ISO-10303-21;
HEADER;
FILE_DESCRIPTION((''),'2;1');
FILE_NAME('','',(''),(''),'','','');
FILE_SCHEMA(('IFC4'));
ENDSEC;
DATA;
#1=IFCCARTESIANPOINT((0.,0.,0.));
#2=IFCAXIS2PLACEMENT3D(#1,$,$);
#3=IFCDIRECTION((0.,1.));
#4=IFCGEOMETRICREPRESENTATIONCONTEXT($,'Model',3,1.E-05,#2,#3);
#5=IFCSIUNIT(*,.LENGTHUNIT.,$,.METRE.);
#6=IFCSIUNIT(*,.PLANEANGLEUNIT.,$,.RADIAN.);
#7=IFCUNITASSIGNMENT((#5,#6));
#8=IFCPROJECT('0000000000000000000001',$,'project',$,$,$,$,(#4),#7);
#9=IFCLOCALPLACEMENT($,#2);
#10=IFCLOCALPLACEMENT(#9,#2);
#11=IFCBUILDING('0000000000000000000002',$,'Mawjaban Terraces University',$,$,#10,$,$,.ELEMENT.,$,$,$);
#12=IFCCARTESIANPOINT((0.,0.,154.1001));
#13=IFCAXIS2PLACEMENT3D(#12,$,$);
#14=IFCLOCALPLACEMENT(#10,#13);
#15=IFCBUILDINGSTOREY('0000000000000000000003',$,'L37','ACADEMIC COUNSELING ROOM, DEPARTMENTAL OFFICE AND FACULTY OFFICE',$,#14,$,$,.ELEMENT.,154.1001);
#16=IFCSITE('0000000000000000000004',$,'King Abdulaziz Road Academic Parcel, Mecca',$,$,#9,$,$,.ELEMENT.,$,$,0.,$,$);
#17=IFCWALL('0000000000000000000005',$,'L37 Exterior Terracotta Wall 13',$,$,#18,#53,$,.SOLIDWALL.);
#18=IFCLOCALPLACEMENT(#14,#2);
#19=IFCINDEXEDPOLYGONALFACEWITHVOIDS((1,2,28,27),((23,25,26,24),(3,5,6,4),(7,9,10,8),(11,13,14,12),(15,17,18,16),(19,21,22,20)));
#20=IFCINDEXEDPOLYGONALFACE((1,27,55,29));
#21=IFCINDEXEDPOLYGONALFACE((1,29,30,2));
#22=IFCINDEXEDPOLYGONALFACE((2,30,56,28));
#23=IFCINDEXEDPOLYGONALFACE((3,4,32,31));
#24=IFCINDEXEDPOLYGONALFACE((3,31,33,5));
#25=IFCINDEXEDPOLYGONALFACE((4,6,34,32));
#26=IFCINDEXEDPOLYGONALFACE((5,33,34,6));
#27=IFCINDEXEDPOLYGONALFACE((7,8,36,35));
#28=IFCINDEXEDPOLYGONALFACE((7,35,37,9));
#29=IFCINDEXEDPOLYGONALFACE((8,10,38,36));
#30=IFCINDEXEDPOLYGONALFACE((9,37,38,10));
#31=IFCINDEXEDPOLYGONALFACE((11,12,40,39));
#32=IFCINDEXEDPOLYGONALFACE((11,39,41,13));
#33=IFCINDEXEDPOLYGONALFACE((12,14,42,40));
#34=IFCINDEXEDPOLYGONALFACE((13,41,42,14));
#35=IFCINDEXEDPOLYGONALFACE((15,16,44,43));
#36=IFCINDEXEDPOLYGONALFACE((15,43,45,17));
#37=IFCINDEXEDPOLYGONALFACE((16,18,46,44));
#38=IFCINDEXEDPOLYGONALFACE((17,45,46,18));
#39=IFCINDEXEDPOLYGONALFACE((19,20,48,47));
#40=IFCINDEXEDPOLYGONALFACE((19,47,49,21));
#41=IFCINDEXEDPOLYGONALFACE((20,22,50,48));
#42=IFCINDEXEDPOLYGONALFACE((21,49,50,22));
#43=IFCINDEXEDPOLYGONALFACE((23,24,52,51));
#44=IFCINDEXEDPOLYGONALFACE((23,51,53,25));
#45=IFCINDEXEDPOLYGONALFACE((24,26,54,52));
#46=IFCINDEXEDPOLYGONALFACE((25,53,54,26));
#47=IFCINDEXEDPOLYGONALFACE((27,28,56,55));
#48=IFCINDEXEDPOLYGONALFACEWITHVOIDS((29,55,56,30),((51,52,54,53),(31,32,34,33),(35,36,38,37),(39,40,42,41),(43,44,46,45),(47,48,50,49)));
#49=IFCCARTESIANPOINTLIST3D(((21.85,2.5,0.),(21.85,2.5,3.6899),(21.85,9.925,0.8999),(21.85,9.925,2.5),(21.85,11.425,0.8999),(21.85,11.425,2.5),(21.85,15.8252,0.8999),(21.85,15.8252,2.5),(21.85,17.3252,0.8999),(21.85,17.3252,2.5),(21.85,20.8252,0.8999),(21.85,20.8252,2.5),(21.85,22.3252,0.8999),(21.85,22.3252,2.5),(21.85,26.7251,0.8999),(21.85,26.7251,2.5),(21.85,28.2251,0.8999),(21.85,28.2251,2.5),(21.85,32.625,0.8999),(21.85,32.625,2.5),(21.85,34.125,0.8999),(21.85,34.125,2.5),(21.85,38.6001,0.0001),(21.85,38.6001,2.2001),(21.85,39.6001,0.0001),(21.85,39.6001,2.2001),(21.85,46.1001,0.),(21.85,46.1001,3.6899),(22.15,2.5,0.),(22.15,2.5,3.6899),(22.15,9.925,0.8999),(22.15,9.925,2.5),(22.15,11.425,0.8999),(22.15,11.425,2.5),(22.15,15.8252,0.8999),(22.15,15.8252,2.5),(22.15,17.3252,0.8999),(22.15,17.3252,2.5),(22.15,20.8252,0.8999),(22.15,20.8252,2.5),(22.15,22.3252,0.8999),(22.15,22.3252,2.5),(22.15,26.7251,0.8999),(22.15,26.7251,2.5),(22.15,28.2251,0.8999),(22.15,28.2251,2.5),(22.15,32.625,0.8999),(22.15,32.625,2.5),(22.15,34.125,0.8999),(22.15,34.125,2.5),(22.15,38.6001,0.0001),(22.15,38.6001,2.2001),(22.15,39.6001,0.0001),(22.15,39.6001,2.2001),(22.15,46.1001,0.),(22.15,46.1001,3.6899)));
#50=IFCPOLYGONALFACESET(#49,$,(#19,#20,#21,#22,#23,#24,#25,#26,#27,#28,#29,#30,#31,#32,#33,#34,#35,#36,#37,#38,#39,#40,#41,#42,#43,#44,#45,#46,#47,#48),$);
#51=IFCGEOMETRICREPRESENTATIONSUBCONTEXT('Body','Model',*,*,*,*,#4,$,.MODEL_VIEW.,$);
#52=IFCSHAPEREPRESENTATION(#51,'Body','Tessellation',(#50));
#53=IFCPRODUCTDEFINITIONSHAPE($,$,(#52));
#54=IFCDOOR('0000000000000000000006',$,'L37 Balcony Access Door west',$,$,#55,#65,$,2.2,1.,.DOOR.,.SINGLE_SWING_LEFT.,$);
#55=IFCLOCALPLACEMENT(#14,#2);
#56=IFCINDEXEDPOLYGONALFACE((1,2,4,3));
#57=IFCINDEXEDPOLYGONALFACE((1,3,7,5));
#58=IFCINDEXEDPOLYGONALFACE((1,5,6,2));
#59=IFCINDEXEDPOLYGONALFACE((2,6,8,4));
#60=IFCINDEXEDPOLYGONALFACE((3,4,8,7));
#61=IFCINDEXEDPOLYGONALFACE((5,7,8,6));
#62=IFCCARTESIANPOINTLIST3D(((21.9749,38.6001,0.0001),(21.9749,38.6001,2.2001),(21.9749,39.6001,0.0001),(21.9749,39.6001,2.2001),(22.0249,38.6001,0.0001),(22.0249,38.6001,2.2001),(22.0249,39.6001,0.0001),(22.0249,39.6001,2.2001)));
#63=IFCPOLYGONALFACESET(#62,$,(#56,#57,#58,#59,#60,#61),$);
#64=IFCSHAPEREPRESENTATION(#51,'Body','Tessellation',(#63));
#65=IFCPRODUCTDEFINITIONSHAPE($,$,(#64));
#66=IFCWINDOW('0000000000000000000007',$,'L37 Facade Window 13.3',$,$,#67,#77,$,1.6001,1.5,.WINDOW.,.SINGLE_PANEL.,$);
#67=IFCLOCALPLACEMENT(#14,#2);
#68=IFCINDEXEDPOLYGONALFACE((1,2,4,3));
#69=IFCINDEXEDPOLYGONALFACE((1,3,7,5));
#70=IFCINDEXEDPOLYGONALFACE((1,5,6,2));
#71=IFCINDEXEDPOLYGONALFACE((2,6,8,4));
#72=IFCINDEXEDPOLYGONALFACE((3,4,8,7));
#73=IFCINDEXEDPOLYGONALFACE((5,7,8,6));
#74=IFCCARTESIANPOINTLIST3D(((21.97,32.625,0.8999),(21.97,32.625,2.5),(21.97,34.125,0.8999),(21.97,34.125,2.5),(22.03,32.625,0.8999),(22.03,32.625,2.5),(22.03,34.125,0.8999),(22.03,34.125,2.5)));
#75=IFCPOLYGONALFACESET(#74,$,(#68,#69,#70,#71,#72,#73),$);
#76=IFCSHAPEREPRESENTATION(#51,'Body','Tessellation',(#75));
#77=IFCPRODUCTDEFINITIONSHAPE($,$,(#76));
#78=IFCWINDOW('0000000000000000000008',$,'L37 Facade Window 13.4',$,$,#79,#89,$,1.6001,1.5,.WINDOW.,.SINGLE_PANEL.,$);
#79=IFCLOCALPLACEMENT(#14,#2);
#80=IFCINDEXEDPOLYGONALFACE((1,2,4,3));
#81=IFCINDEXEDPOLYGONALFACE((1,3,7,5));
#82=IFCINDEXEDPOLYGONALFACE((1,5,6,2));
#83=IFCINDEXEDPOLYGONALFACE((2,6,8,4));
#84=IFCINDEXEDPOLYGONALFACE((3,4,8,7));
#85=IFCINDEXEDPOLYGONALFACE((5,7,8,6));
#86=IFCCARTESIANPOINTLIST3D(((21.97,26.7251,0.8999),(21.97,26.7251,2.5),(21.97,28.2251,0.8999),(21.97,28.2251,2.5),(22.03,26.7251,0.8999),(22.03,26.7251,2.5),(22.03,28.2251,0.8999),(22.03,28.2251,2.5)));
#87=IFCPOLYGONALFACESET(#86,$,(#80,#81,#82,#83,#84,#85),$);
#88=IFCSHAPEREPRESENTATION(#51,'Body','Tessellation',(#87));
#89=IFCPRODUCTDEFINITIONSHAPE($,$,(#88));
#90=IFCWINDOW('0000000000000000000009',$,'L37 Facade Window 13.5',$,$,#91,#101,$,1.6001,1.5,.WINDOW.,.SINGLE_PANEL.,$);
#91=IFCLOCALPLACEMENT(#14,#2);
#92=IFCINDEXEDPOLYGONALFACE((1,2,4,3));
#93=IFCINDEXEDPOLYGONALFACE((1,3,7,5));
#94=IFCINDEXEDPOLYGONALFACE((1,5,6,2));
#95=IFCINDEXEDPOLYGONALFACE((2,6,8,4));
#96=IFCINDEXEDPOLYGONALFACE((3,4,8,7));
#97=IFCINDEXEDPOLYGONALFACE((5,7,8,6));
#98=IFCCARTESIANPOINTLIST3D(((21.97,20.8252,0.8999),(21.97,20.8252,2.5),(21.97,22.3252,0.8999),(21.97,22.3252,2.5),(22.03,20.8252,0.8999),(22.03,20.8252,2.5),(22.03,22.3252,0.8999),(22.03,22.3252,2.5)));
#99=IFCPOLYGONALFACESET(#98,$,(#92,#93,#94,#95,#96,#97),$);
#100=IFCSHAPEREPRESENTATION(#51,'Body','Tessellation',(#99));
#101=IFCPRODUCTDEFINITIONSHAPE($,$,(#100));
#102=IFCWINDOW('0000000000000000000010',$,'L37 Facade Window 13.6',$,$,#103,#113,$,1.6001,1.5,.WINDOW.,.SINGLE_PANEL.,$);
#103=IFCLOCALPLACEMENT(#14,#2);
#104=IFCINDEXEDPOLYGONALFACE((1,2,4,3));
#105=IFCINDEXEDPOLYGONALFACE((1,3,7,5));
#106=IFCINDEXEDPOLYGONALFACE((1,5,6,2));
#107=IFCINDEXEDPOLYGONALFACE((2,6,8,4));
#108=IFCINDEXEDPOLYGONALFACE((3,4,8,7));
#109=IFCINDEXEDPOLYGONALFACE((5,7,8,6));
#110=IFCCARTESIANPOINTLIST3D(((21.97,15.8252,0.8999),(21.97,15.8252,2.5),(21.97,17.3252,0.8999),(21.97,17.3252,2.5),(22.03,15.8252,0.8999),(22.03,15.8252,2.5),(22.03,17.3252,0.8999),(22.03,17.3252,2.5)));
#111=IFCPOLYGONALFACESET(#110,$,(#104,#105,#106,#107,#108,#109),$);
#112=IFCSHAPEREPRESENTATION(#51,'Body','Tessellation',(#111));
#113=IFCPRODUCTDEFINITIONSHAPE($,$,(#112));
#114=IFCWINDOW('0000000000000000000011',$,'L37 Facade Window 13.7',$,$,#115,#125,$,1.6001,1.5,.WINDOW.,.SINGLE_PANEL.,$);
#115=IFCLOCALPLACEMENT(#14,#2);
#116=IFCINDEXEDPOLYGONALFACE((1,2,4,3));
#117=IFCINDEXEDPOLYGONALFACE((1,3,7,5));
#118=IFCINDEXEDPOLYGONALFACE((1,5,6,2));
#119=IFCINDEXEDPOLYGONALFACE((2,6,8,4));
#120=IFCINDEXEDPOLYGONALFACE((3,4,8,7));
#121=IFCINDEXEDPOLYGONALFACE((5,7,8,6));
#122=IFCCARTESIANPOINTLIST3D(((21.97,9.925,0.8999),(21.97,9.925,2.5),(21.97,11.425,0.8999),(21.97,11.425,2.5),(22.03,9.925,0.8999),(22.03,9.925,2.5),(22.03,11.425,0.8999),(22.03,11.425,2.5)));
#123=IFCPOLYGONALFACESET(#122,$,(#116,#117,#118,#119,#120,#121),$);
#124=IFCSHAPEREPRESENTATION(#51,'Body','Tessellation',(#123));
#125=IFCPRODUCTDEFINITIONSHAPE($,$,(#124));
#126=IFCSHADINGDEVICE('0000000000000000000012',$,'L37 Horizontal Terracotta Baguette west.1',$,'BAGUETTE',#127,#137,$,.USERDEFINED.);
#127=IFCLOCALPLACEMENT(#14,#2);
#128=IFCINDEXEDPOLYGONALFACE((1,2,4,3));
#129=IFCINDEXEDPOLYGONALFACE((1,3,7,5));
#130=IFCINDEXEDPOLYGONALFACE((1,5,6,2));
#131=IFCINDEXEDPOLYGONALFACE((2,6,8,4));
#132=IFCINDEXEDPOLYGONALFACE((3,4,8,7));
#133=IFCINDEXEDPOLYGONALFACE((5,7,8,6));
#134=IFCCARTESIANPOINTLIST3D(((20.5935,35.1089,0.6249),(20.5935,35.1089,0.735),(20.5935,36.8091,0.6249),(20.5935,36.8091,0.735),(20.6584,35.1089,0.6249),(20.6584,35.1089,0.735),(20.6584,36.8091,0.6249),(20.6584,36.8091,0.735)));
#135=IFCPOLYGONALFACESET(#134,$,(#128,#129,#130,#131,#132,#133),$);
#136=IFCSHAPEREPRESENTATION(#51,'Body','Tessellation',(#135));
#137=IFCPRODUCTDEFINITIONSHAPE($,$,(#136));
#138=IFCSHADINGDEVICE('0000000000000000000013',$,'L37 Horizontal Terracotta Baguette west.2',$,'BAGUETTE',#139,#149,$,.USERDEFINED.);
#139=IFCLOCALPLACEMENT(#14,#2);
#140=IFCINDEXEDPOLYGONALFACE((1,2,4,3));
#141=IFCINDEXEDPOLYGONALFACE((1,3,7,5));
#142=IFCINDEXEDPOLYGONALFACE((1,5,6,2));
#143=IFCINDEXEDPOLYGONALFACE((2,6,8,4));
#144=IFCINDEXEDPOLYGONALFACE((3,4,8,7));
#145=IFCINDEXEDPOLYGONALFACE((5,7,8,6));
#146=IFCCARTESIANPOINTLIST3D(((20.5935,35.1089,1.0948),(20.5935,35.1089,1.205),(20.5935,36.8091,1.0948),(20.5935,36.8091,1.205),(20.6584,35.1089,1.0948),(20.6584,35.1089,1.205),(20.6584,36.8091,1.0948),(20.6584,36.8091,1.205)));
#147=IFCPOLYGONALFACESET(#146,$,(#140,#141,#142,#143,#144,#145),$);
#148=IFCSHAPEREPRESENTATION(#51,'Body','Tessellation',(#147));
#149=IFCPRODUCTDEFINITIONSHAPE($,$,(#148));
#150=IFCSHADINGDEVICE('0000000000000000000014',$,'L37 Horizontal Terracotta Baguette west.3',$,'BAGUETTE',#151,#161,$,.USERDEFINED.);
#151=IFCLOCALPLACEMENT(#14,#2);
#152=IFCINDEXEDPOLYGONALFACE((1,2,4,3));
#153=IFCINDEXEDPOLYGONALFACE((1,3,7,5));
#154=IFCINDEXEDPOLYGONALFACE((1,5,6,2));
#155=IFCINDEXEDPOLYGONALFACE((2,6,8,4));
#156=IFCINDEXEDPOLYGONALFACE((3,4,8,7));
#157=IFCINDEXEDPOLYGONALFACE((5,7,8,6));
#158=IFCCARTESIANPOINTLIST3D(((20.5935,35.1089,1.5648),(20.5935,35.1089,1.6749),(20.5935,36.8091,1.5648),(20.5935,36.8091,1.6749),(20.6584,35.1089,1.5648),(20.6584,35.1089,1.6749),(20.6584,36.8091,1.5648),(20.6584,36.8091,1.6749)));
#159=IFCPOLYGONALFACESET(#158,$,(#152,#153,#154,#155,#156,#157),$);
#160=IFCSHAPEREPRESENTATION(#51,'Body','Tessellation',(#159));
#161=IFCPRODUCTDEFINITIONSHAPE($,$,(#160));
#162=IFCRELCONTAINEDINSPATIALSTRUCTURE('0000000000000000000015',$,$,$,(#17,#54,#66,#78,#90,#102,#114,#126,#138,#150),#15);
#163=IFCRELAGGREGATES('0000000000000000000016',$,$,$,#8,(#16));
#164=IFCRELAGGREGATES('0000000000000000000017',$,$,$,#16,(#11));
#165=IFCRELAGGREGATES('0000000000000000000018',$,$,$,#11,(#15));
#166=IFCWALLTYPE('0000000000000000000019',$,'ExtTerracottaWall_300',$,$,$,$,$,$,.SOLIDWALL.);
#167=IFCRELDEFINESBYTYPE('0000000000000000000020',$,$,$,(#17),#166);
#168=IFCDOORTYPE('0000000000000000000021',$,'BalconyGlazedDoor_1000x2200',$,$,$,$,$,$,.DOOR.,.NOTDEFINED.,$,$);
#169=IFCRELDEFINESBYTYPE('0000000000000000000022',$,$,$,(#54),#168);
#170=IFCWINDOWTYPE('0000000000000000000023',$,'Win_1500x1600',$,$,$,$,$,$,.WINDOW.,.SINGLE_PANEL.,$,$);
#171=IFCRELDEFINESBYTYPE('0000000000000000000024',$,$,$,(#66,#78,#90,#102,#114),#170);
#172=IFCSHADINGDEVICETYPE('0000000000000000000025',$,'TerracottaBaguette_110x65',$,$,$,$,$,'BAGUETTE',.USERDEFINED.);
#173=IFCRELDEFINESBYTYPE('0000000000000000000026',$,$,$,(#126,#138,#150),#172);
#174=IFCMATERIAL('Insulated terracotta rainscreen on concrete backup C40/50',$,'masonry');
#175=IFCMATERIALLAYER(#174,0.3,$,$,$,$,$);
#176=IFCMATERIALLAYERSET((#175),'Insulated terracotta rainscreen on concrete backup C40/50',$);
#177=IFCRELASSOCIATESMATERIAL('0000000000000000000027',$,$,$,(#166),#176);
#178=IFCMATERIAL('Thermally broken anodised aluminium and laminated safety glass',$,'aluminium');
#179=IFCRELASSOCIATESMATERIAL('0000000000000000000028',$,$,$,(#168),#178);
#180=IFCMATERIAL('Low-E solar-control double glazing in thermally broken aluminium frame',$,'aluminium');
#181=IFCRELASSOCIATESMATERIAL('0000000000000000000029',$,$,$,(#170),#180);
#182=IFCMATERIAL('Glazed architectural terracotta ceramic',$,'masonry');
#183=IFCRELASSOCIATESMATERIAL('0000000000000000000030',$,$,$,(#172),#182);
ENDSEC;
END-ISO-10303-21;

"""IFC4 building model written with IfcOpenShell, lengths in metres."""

from ifc_helpers import new_model, si_unit, direction, frame, frame_2d, origin, origin_2d, place, context, subcontext, project, spatial, rectangle, extrude, material, layer, layer_set, material_profile, profile_set, type_object, element, fill, save


model = new_model("IFC4")

# Units and contexts
model_context = context("Model", 3, precision=1e-05, world=origin(), true_north=direction((0.0, 1.0)))
body_context = subcontext(model_context, "Body", "Model", "MODEL_VIEW")
ifc_project = project(units=[si_unit("LENGTHUNIT", "METRE"), si_unit("PLANEANGLEUNIT", "RADIAN")], contexts=[model_context])

# Site, building, storey
site_placement = place(None, origin())
site = spatial("IfcSite", under=ifc_project, at=site_placement, Name="King Abdulaziz Road Academic Parcel, Mecca", CompositionType="ELEMENT", RefElevation=0.0)
building_placement = place(site_placement, origin())
building = spatial("IfcBuilding", under=site, at=building_placement, Name="Mawjaban Terraces University", CompositionType="ELEMENT")
storey_placement = place(building_placement, frame((0.0, 0.0, 154.1001)))
storey = spatial("IfcBuildingStorey", under=building, at=storey_placement, Name="L37", Description="ACADEMIC COUNSELING ROOM, DEPARTMENTAL OFFICE AND FACULTY OFFICE", CompositionType="ELEMENT", Elevation=154.1001)

# Shared definitions
ifc_material_1 = material(Name="Insulated terracotta rainscreen on concrete backup C40/50", Category="masonry")
ifc_layer_1 = layer(ifc_material_1, 0.3)
ifc_layer_set_1 = layer_set([ifc_layer_1], Name="Insulated terracotta rainscreen on concrete backup C40/50")
wall_type_1 = type_object("IfcWallType", Name="ExtTerracottaWall_300", PredefinedType="SOLIDWALL", material=ifc_layer_set_1)
ifc_material_2 = material(Name="Low-E solar-control double glazing in thermally broken aluminium frame", Category="aluminium")

# Wall, openings, door, windows
wall_1_placement = place(storey_placement, frame((22.0, 46.1001, 0.0), z_axis=(0.0, 0.0, 1.0), x_axis=(0.0, -1.0, 0.0)))
wall_1 = element("IfcWall", 1, at=wall_1_placement, inside=storey, type_object=wall_type_1, Name="L37 Exterior Terracotta Wall 13", PredefinedType="SOLIDWALL", context=body_context, shape_type="SweptSolid", body=[
    extrude(rectangle(XDim=43.6001, YDim=0.3, at=frame_2d((21.8, 0.0))), origin(), (0.0, 0.0, 1.0), 3.6899),
])
opening_1_placement = place(wall_1_placement, frame((6.5, 0.0, 0.0)))
opening_1 = element("IfcOpeningElement", 2, at=opening_1_placement, cuts=wall_1, PredefinedType="OPENING", context=body_context, shape_type="SweptSolid", body=[
    extrude(rectangle(XDim=1.0, YDim=2.2, at=frame_2d((0.5, 1.1001))), frame((0.0, 0.1599, 0.0), z_axis=(0.0, -1.0, 0.0), x_axis=(1.0, 0.0, 0.0)), (0.0, 0.0, 1.0), 0.3201),
])
opening_2_placement = place(wall_1_placement, frame((11.9751, 0.0, 0.8999)))
opening_2 = element("IfcOpeningElement", 3, at=opening_2_placement, cuts=wall_1, PredefinedType="OPENING", context=body_context, shape_type="SweptSolid", body=[
    extrude(rectangle(XDim=1.5, YDim=1.6001, at=frame_2d((0.75, 0.8))), frame((0.0, 0.1599, 0.0), z_axis=(0.0, -1.0, 0.0), x_axis=(1.0, 0.0, 0.0)), (0.0, 0.0, 1.0), 0.3201),
])
opening_3_placement = place(wall_1_placement, frame((17.875, 0.0, 0.8999)))
opening_3 = element("IfcOpeningElement", 4, at=opening_3_placement, cuts=wall_1, PredefinedType="OPENING", context=body_context, shape_type="SweptSolid", body=[
    extrude(rectangle(XDim=1.5, YDim=1.6001, at=frame_2d((0.75, 0.8))), frame((0.0, 0.1599, 0.0), z_axis=(0.0, -1.0, 0.0), x_axis=(1.0, 0.0, 0.0)), (0.0, 0.0, 1.0), 0.3201),
])
opening_4_placement = place(wall_1_placement, frame((23.7749, 0.0, 0.8999)))
opening_4 = element("IfcOpeningElement", 5, at=opening_4_placement, cuts=wall_1, PredefinedType="OPENING", context=body_context, shape_type="SweptSolid", body=[
    extrude(rectangle(XDim=1.5, YDim=1.6001, at=frame_2d((0.75, 0.8))), frame((0.0, 0.1599, 0.0), z_axis=(0.0, -1.0, 0.0), x_axis=(1.0, 0.0, 0.0)), (0.0, 0.0, 1.0), 0.3201),
])
opening_5_placement = place(wall_1_placement, frame((28.7749, 0.0, 0.8999)))
opening_5 = element("IfcOpeningElement", 6, at=opening_5_placement, cuts=wall_1, PredefinedType="OPENING", context=body_context, shape_type="SweptSolid", body=[
    extrude(rectangle(XDim=1.5, YDim=1.6001, at=frame_2d((0.75, 0.8))), frame((0.0, 0.1599, 0.0), z_axis=(0.0, -1.0, 0.0), x_axis=(1.0, 0.0, 0.0)), (0.0, 0.0, 1.0), 0.3201),
])
opening_6_placement = place(wall_1_placement, frame((34.675, 0.0, 0.8999)))
opening_6 = element("IfcOpeningElement", 7, at=opening_6_placement, cuts=wall_1, PredefinedType="OPENING", context=body_context, shape_type="SweptSolid", body=[
    extrude(rectangle(XDim=1.5, YDim=1.6001, at=frame_2d((0.75, 0.8))), frame((0.0, 0.1599, 0.0), z_axis=(0.0, -1.0, 0.0), x_axis=(1.0, 0.0, 0.0)), (0.0, 0.0, 1.0), 0.3201),
])
ifc_material_3 = material(Name="Thermally broken anodised aluminium and laminated safety glass", Category="aluminium")
door_type_1 = type_object("IfcDoorType", Name="BalconyGlazedDoor_1000x2200", OperationType="NOTDEFINED", PredefinedType="DOOR", material=ifc_material_3)
door_1_placement = place(opening_1_placement, origin())
door_1 = element("IfcDoor", 8, at=door_1_placement, inside=storey, type_object=door_type_1, Name="L37 Balcony Access Door west", OperationType="SINGLE_SWING_LEFT", OverallHeight=2.2, OverallWidth=1.0, PredefinedType="DOOR", context=body_context, shape_type="SweptSolid", body=[
    extrude(rectangle(XDim=1.0, YDim=2.2, at=frame_2d((0.5, 1.1001))), frame((0.0, 0.0249, 0.0), z_axis=(0.0, -1.0, 0.0), x_axis=(1.0, 0.0, 0.0)), (0.0, 0.0, 1.0), 0.05),
])
fill(opening_1, door_1)
window_type_1 = type_object("IfcWindowType", Name="Win_1500x1600", PartitioningType="SINGLE_PANEL", PredefinedType="WINDOW", material=ifc_material_2)
window_1_placement = place(opening_2_placement, origin())
window_1 = element("IfcWindow", 9, at=window_1_placement, inside=storey, type_object=window_type_1, Name="L37 Facade Window 13.3", OverallHeight=1.6001, OverallWidth=1.5, PartitioningType="SINGLE_PANEL", PredefinedType="WINDOW", context=body_context, shape_type="SweptSolid", body=[
    extrude(rectangle(XDim=1.5, YDim=1.6001, at=frame_2d((0.75, 0.8))), frame((0.0, 0.03, 0.0), z_axis=(0.0, -1.0, 0.0), x_axis=(1.0, 0.0, 0.0)), (0.0, 0.0, 1.0), 0.0601),
])
fill(opening_2, window_1)
window_2_placement = place(opening_3_placement, origin())
window_2 = element("IfcWindow", 10, at=window_2_placement, inside=storey, type_object=window_type_1, Name="L37 Facade Window 13.4", OverallHeight=1.6001, OverallWidth=1.5, PartitioningType="SINGLE_PANEL", PredefinedType="WINDOW", context=body_context, shape_type="SweptSolid", body=[
    extrude(rectangle(XDim=1.5, YDim=1.6001, at=frame_2d((0.75, 0.8))), frame((0.0, 0.03, 0.0), z_axis=(0.0, -1.0, 0.0), x_axis=(1.0, 0.0, 0.0)), (0.0, 0.0, 1.0), 0.0601),
])
fill(opening_3, window_2)
window_3_placement = place(opening_4_placement, origin())
window_3 = element("IfcWindow", 11, at=window_3_placement, inside=storey, type_object=window_type_1, Name="L37 Facade Window 13.5", OverallHeight=1.6001, OverallWidth=1.5, PartitioningType="SINGLE_PANEL", PredefinedType="WINDOW", context=body_context, shape_type="SweptSolid", body=[
    extrude(rectangle(XDim=1.5, YDim=1.6001, at=frame_2d((0.75, 0.8))), frame((0.0, 0.03, 0.0), z_axis=(0.0, -1.0, 0.0), x_axis=(1.0, 0.0, 0.0)), (0.0, 0.0, 1.0), 0.0601),
])
fill(opening_4, window_3)
window_4_placement = place(opening_5_placement, origin())
window_4 = element("IfcWindow", 12, at=window_4_placement, inside=storey, type_object=window_type_1, Name="L37 Facade Window 13.6", OverallHeight=1.6001, OverallWidth=1.5, PartitioningType="SINGLE_PANEL", PredefinedType="WINDOW", context=body_context, shape_type="SweptSolid", body=[
    extrude(rectangle(XDim=1.5, YDim=1.6001, at=frame_2d((0.75, 0.8))), frame((0.0, 0.03, 0.0), z_axis=(0.0, -1.0, 0.0), x_axis=(1.0, 0.0, 0.0)), (0.0, 0.0, 1.0), 0.0601),
])
fill(opening_5, window_4)
window_5_placement = place(opening_6_placement, origin())
window_5 = element("IfcWindow", 13, at=window_5_placement, inside=storey, type_object=window_type_1, Name="L37 Facade Window 13.7", OverallHeight=1.6001, OverallWidth=1.5, PartitioningType="SINGLE_PANEL", PredefinedType="WINDOW", context=body_context, shape_type="SweptSolid", body=[
    extrude(rectangle(XDim=1.5, YDim=1.6001, at=frame_2d((0.75, 0.8))), frame((0.0, 0.03, 0.0), z_axis=(0.0, -1.0, 0.0), x_axis=(1.0, 0.0, 0.0)), (0.0, 0.0, 1.0), 0.0601),
])
fill(opening_6, window_5)

# Shading devices
ifc_material_4 = material(Name="Glazed architectural terracotta ceramic", Category="masonry")
ifc_material_profile_1 = material_profile(ifc_material_4, rectangle(XDim=0.0649, YDim=0.1101, at=origin_2d()), Name="TBAG110X65")
ifc_profile_set_1 = profile_set([ifc_material_profile_1], Name="Glazed architectural terracotta ceramic")
shading_device_type_1 = type_object("IfcShadingDeviceType", Name="TerracottaBaguette_110x65", ElementType="BAGUETTE", PredefinedType="USERDEFINED", material=ifc_profile_set_1)
for number, where, z_axis, x_axis, name in (
    (14, (20.626, 35.1089, 0.6799), (0.0, 1.0, 0.0), (-1.0, 0.0, 0.0), "L37 Horizontal Terracotta Baguette west.1"),
    (15, (20.626, 35.1089, 1.1499), (0.0, 1.0, 0.0), (-1.0, 0.0, 0.0), "L37 Horizontal Terracotta Baguette west.2"),
    (16, (20.626, 35.1089, 1.6199), (0.0, 1.0, 0.0), (-1.0, 0.0, 0.0), "L37 Horizontal Terracotta Baguette west.3"),
):
    element("IfcShadingDevice", number, at=place(storey_placement, frame(where, z_axis=z_axis, x_axis=x_axis)), inside=storey, type_object=shading_device_type_1, Name=name, ObjectType="BAGUETTE", PredefinedType="USERDEFINED", context=body_context, shape_type="SweptSolid", body=[
        extrude(rectangle(XDim=0.0649, YDim=0.1101, at=origin_2d()), origin(), (0.0, 0.0, 1.0), 1.7002),
    ])

save(model, "model.ifc")
